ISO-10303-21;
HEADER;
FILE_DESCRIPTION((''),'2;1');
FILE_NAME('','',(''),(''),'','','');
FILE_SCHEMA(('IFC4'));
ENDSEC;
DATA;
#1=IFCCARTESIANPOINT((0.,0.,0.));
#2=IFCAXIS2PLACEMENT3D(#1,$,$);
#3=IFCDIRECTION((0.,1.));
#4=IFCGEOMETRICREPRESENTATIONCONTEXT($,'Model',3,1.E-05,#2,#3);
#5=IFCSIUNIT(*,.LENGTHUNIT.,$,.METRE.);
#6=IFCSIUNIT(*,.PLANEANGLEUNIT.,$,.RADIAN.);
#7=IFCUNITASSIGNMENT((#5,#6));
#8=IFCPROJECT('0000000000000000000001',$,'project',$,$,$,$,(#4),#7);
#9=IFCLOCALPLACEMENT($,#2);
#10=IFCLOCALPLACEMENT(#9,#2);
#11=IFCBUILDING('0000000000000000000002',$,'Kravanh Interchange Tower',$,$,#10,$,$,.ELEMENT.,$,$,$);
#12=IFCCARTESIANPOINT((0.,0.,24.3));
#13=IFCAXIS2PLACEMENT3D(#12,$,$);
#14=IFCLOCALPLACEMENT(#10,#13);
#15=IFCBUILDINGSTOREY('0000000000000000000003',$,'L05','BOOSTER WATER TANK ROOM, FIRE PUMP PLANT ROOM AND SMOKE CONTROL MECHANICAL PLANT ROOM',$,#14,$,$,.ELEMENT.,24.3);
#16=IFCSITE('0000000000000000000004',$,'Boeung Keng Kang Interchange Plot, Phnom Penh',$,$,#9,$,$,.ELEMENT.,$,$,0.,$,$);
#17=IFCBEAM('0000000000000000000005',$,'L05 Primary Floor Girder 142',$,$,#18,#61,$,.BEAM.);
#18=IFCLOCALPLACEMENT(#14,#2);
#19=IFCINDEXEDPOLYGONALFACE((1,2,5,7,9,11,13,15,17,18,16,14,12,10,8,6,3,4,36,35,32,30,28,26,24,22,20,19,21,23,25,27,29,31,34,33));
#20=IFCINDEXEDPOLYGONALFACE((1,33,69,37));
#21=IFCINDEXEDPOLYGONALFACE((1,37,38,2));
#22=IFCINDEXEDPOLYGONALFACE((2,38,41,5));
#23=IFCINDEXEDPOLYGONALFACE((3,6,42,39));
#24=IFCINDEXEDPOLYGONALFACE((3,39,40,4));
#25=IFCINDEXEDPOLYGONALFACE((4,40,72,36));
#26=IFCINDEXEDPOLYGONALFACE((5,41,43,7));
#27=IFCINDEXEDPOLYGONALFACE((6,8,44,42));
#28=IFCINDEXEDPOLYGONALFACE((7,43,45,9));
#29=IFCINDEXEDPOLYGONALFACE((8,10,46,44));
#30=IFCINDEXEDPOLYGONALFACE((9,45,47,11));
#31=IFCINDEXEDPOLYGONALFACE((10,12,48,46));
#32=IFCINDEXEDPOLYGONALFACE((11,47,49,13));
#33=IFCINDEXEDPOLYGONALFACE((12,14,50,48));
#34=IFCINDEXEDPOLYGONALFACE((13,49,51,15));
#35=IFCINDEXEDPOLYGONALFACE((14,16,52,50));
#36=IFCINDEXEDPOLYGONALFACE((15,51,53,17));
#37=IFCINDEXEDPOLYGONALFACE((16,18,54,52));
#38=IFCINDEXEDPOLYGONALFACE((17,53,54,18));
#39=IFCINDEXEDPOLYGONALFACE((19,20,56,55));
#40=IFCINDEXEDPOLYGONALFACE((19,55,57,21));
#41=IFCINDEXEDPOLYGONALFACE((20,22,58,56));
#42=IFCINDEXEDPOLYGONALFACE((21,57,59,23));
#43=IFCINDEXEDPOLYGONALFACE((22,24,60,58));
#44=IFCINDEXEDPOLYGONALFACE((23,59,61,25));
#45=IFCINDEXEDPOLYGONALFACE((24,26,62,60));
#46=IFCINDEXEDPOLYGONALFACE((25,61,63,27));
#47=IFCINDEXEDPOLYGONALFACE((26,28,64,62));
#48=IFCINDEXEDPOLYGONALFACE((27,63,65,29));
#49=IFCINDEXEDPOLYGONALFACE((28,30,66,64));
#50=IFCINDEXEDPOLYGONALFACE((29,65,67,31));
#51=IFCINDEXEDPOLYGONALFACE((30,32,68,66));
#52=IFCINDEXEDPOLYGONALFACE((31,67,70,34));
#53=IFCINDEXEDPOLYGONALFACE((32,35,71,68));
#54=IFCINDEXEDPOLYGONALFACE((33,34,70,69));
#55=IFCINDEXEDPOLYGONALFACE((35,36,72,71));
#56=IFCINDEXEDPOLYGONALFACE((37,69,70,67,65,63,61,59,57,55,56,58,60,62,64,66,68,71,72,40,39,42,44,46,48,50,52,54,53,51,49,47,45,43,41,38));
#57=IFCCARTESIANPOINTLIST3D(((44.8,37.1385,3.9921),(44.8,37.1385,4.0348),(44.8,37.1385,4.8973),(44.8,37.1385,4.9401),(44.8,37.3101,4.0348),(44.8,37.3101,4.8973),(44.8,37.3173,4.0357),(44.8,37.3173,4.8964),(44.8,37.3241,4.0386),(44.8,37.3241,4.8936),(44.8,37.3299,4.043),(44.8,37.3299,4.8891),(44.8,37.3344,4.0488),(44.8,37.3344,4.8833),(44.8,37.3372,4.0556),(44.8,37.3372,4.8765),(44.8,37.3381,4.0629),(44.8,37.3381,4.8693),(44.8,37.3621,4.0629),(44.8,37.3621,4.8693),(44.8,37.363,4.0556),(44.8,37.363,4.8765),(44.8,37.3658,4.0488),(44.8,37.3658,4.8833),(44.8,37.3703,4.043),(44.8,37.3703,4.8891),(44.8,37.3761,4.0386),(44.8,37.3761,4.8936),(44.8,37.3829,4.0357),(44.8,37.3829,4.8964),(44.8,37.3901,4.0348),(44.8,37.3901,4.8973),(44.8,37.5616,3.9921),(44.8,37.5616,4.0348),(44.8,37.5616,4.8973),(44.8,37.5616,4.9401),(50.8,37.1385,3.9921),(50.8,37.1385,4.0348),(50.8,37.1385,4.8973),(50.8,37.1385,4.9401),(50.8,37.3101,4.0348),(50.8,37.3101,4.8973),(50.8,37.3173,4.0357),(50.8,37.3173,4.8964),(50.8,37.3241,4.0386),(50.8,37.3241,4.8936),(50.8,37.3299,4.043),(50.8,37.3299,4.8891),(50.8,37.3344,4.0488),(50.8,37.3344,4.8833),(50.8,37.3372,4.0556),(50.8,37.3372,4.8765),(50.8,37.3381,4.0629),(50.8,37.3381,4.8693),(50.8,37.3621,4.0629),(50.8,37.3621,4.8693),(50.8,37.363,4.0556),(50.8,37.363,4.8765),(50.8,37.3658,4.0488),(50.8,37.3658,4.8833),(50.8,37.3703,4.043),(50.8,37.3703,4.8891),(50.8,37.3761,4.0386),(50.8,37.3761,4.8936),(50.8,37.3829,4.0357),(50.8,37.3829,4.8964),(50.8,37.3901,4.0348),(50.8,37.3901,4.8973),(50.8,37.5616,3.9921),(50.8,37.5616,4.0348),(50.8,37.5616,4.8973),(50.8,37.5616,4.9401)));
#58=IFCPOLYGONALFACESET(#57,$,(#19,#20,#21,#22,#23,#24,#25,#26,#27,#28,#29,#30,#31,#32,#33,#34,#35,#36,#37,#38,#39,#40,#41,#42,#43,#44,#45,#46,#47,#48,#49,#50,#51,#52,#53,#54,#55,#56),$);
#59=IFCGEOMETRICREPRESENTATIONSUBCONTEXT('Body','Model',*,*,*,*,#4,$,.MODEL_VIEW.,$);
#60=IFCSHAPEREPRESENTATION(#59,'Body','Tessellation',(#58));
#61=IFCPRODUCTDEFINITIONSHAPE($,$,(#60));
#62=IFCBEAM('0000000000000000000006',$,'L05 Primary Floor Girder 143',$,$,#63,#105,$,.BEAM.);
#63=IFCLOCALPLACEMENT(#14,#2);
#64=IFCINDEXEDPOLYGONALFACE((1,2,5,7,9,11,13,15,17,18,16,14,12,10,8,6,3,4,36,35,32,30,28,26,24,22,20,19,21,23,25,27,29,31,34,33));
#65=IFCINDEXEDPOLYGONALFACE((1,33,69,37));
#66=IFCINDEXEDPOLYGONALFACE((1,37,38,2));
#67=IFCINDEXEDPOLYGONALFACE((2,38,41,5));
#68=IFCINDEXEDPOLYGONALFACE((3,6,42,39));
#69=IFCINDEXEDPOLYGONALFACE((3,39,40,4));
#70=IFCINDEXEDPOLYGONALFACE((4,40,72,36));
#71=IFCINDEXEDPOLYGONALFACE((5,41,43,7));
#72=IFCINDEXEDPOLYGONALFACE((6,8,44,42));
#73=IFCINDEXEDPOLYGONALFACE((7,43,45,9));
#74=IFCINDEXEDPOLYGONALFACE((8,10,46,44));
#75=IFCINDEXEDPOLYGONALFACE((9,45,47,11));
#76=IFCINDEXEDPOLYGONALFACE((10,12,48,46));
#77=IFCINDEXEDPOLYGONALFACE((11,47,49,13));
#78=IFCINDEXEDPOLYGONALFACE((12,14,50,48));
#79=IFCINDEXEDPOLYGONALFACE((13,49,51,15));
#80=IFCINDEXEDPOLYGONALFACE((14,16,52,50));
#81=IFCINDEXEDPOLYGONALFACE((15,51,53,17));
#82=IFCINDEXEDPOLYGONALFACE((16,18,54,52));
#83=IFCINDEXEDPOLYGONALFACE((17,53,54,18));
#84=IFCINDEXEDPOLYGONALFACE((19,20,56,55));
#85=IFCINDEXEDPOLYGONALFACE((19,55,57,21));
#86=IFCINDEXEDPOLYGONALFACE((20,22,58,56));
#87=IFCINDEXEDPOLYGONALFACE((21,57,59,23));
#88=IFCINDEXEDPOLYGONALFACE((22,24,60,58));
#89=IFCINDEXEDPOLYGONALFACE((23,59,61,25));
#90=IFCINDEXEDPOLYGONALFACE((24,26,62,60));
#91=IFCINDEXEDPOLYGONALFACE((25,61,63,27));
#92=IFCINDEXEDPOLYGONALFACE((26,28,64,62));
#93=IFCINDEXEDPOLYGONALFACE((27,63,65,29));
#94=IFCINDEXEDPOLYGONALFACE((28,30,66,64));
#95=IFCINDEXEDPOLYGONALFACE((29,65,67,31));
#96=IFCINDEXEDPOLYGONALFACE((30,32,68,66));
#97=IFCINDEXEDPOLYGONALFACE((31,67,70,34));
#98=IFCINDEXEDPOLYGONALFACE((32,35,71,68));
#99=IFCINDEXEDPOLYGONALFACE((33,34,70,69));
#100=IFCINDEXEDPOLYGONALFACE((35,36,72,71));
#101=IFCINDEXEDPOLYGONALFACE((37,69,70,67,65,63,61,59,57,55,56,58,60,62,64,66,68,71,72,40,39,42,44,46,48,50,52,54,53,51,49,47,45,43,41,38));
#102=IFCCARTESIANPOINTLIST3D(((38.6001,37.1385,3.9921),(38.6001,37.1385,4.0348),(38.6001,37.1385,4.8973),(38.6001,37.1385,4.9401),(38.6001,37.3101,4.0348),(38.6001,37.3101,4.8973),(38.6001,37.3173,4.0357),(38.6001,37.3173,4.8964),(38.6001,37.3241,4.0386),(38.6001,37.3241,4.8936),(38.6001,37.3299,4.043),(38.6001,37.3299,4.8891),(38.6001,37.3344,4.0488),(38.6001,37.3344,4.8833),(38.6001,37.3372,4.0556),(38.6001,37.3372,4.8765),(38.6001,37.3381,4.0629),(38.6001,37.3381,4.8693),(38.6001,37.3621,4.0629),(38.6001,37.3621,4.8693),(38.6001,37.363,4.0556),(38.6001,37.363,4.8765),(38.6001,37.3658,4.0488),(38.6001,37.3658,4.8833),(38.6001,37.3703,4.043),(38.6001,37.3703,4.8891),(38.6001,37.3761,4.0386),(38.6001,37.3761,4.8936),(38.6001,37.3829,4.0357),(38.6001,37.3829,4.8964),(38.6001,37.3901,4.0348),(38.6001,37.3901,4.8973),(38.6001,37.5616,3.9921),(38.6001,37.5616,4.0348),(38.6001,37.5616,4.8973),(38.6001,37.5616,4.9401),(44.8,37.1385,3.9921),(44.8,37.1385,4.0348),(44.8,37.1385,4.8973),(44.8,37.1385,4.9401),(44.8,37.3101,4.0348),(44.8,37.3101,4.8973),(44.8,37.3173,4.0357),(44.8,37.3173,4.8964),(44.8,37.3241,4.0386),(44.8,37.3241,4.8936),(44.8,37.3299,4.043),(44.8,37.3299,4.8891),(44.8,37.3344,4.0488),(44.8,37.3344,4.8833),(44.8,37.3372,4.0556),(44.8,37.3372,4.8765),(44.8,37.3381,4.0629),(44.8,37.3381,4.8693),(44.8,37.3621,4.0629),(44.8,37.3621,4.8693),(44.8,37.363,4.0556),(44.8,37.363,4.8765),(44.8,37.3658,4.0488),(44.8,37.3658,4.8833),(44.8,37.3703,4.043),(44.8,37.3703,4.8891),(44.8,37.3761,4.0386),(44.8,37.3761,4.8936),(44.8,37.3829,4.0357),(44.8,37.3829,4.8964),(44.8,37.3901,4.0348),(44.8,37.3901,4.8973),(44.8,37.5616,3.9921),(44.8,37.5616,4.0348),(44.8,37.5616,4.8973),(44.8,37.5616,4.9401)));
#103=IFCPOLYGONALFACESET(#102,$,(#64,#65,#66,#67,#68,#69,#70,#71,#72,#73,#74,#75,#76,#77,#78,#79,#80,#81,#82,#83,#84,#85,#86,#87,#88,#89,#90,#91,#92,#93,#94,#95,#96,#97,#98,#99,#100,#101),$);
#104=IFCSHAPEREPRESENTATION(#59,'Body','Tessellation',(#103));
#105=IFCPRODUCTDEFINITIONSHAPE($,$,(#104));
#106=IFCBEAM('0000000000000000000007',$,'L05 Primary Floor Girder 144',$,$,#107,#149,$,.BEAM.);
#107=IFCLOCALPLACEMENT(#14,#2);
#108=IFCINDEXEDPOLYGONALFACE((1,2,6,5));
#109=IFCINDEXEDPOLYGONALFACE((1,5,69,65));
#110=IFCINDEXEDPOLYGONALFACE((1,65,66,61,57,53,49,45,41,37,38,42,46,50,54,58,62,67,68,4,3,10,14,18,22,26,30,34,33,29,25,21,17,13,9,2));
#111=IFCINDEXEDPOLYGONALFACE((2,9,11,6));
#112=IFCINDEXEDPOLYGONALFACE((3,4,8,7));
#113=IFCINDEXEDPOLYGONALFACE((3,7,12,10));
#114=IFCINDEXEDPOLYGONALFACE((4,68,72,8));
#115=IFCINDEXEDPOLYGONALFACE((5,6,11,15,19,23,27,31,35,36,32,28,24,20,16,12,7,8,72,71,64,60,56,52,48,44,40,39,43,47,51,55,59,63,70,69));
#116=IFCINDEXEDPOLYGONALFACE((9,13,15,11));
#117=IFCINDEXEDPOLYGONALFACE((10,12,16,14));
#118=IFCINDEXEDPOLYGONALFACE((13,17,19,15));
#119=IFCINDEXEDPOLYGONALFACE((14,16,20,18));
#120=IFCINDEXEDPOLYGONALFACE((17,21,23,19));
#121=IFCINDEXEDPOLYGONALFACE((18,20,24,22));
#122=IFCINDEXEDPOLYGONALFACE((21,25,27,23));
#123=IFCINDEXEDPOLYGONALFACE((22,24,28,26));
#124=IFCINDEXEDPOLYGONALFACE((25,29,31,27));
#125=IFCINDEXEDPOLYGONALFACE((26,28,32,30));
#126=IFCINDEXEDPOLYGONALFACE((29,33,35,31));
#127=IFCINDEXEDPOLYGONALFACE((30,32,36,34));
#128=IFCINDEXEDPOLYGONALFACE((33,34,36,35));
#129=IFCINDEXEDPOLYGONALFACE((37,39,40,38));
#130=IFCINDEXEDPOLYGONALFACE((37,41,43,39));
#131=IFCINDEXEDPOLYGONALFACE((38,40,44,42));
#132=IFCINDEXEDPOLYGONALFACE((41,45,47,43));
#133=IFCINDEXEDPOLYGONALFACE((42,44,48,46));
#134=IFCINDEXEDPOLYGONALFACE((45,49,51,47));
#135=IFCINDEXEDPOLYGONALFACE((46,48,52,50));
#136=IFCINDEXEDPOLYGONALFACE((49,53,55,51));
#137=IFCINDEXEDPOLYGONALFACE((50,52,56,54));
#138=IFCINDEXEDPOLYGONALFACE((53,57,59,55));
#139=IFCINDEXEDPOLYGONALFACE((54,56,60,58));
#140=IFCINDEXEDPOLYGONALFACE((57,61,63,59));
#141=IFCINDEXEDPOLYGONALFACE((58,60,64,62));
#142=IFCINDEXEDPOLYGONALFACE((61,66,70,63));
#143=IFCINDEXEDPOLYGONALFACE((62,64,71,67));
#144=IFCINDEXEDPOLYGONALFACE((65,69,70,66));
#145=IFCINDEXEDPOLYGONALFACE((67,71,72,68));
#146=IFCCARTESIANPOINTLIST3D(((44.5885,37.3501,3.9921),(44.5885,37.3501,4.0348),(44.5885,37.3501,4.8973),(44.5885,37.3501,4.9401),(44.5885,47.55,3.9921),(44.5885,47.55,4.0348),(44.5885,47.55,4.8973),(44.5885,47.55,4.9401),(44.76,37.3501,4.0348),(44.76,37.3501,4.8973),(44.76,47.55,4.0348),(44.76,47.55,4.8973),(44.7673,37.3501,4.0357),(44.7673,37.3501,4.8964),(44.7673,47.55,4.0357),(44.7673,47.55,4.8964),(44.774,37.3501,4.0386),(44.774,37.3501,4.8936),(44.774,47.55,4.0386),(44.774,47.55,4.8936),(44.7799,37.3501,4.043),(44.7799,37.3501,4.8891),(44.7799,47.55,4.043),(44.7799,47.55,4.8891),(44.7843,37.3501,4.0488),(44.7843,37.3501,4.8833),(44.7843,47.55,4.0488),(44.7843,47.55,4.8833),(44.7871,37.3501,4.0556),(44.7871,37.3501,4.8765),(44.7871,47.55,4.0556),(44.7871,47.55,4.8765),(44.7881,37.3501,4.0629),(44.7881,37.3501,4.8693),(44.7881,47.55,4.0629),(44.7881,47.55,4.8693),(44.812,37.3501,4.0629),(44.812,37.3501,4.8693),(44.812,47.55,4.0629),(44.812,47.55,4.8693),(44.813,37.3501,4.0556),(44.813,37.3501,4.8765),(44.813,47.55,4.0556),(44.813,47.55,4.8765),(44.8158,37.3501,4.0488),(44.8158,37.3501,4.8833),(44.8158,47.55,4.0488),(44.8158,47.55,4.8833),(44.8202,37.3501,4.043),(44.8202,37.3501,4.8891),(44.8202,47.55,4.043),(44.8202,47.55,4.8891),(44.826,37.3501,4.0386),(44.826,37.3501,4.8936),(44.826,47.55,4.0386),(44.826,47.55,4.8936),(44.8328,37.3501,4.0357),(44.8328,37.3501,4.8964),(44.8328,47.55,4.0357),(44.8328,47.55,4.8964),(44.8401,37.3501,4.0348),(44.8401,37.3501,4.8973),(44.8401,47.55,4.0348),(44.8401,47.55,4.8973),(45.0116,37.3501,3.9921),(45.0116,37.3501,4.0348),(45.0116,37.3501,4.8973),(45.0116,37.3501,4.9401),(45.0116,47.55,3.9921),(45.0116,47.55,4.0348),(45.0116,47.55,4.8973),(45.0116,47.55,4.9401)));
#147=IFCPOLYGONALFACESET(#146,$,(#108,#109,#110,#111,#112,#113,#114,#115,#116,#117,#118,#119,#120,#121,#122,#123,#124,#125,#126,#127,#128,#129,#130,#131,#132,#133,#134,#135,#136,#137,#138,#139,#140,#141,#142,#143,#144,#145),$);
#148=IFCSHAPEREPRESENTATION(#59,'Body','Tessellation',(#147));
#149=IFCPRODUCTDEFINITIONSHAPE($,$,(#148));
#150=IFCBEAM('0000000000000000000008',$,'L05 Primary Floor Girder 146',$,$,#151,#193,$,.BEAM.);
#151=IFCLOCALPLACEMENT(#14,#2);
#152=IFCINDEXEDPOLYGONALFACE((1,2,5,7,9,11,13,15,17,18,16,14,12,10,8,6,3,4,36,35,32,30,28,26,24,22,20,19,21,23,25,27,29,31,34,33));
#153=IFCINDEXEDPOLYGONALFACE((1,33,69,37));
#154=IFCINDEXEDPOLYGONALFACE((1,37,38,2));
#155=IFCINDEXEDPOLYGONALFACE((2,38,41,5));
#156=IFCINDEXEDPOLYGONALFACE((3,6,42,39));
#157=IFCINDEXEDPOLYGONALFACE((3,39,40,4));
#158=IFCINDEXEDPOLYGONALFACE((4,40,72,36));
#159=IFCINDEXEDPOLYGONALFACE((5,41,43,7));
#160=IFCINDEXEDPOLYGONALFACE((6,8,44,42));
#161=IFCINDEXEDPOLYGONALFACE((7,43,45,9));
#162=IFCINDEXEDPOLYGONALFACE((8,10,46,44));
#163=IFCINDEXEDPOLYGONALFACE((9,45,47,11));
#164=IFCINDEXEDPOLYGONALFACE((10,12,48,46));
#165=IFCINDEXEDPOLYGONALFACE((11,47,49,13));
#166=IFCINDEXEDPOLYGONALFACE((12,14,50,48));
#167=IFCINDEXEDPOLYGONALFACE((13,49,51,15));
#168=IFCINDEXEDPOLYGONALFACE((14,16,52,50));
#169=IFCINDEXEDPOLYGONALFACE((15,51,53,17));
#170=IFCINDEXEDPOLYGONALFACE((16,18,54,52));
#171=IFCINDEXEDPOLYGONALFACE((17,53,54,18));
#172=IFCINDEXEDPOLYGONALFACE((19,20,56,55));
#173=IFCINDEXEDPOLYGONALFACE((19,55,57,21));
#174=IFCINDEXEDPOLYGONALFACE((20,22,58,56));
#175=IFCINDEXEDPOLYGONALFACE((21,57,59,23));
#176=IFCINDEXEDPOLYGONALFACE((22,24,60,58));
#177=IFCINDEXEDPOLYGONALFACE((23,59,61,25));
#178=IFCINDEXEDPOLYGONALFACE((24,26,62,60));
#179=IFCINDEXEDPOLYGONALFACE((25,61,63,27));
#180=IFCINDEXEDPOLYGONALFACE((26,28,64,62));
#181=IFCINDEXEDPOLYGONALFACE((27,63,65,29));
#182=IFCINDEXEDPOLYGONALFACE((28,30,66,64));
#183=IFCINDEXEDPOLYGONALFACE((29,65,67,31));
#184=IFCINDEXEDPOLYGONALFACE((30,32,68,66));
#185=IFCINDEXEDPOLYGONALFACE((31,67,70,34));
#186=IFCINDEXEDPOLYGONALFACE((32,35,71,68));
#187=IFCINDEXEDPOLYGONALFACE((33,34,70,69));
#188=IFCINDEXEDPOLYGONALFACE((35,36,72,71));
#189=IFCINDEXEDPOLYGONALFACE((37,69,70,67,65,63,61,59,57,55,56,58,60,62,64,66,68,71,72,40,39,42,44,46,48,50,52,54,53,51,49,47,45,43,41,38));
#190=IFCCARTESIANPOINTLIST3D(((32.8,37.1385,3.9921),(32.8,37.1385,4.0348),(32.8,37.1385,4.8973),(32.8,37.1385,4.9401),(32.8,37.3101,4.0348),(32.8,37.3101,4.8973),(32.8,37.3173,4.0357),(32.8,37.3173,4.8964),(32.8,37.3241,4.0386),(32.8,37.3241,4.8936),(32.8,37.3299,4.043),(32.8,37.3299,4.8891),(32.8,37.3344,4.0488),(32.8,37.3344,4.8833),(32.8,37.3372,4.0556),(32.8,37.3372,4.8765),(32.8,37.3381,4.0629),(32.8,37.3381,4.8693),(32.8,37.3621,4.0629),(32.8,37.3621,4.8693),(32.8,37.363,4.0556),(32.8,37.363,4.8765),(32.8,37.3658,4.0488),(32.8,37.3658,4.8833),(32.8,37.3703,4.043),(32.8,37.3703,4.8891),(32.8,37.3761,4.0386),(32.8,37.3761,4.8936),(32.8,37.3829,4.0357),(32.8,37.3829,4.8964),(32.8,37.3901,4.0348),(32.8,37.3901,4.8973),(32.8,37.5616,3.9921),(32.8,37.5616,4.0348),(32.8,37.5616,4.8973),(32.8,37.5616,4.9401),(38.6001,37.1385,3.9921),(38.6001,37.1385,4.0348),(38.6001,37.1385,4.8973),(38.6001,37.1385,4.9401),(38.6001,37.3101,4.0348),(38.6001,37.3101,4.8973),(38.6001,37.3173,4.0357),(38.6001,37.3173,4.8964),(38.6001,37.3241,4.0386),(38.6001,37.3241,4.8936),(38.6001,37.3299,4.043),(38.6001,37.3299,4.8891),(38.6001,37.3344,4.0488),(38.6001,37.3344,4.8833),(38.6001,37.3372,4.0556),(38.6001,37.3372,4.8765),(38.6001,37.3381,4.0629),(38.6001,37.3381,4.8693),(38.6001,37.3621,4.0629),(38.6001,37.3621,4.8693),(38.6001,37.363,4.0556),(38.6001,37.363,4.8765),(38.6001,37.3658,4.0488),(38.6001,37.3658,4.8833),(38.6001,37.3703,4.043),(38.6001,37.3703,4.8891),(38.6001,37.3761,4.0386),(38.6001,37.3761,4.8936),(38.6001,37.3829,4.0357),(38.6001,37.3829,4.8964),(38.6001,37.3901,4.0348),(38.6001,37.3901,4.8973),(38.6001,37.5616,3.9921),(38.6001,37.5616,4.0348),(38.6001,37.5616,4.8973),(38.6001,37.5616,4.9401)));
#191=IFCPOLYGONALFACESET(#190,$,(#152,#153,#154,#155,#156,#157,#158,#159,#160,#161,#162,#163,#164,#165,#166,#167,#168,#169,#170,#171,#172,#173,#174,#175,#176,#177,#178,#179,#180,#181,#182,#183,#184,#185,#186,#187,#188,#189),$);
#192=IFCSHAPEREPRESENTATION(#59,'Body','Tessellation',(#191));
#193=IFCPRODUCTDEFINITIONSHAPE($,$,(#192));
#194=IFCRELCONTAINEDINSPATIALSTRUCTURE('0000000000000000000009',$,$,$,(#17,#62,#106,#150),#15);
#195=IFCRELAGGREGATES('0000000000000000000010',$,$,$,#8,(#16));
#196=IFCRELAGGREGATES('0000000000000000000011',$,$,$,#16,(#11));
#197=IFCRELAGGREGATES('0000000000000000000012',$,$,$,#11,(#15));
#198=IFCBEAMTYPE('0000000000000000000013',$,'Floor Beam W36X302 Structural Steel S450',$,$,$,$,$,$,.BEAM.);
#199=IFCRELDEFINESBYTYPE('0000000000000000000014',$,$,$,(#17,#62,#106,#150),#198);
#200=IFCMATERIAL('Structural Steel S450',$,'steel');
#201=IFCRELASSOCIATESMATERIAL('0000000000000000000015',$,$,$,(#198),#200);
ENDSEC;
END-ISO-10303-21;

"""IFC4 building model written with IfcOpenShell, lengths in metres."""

from ifc_helpers import new_model, si_unit, direction, frame, origin, origin_2d, place, context, subcontext, project, spatial, i_section, extrude, material, material_profile, profile_set, type_object, element, save


model = new_model("IFC4")

# Units and contexts
model_context = context("Model", 3, precision=1e-05, world=origin(), true_north=direction((0.0, 1.0)))
body_context = subcontext(model_context, "Body", "Model", "MODEL_VIEW")
ifc_project = project(units=[si_unit("LENGTHUNIT", "METRE"), si_unit("PLANEANGLEUNIT", "RADIAN")], contexts=[model_context])

# Site, building, storey
site_placement = place(None, origin())
site = spatial("IfcSite", under=ifc_project, at=site_placement, Name="Boeung Keng Kang Interchange Plot, Phnom Penh", CompositionType="ELEMENT", RefElevation=0.0)
building_placement = place(site_placement, origin())
building = spatial("IfcBuilding", under=site, at=building_placement, Name="Kravanh Interchange Tower", CompositionType="ELEMENT")
storey_placement = place(building_placement, frame((0.0, 0.0, 24.3)))
storey = spatial("IfcBuildingStorey", under=building, at=storey_placement, Name="L05", Description="BOOSTER WATER TANK ROOM, FIRE PUMP PLANT ROOM AND SMOKE CONTROL MECHANICAL PLANT ROOM", CompositionType="ELEMENT", Elevation=24.3)

# Beams
ifc_material_1 = material(Name="Structural Steel S450", Category="steel")
ifc_material_profile_1 = material_profile(ifc_material_1, i_section(OverallWidth=0.4231, OverallDepth=0.948, WebThickness=0.0239, FlangeThickness=0.0427, FilletRadius=0.0281, at=origin_2d()), Name="W36X302")
ifc_profile_set_1 = profile_set([ifc_material_profile_1], Name="Structural Steel S450")
beam_type_1 = type_object("IfcBeamType", Name="Floor Beam W36X302 Structural Steel S450", PredefinedType="BEAM", material=ifc_profile_set_1)
beam_1_placement = place(storey_placement, frame((50.8, 37.3501, 4.4661), z_axis=(-1.0, 0.0, 0.0), x_axis=(0.0, -1.0, 0.0)))
element("IfcBeam", 1, at=beam_1_placement, inside=storey, type_object=beam_type_1, Name="L05 Primary Floor Girder 142", PredefinedType="BEAM", context=body_context, shape_type="SweptSolid", body=[
    extrude(i_section(OverallWidth=0.4231, OverallDepth=0.948, WebThickness=0.0239, FlangeThickness=0.0427, FilletRadius=0.0281, at=origin_2d()), origin(), (0.0, 0.0, 1.0), 6.0),
])
beam_2_placement = place(storey_placement, frame((44.8, 37.3501, 4.4661), z_axis=(-1.0, 0.0, 0.0), x_axis=(0.0, -1.0, 0.0)))
element("IfcBeam", 2, at=beam_2_placement, inside=storey, type_object=beam_type_1, Name="L05 Primary Floor Girder 143", PredefinedType="BEAM", context=body_context, shape_type="SweptSolid", body=[
    extrude(i_section(OverallWidth=0.4231, OverallDepth=0.948, WebThickness=0.0239, FlangeThickness=0.0427, FilletRadius=0.0281, at=origin_2d()), origin(), (0.0, 0.0, 1.0), 6.2),
])
beam_3_placement = place(storey_placement, frame((44.8, 37.3501, 4.4661), z_axis=(0.0, 1.0, 0.0), x_axis=(-1.0, 0.0, 0.0)))
element("IfcBeam", 3, at=beam_3_placement, inside=storey, type_object=beam_type_1, Name="L05 Primary Floor Girder 144", PredefinedType="BEAM", context=body_context, shape_type="SweptSolid", body=[
    extrude(i_section(OverallWidth=0.4231, OverallDepth=0.948, WebThickness=0.0239, FlangeThickness=0.0427, FilletRadius=0.0281, at=origin_2d()), origin(), (0.0, 0.0, 1.0), 10.2),
])
beam_4_placement = place(storey_placement, frame((38.6001, 37.3501, 4.4661), z_axis=(-1.0, 0.0, 0.0), x_axis=(0.0, -1.0, 0.0)))
element("IfcBeam", 4, at=beam_4_placement, inside=storey, type_object=beam_type_1, Name="L05 Primary Floor Girder 146", PredefinedType="BEAM", context=body_context, shape_type="SweptSolid", body=[
    extrude(i_section(OverallWidth=0.4231, OverallDepth=0.948, WebThickness=0.0239, FlangeThickness=0.0427, FilletRadius=0.0281, at=origin_2d()), origin(), (0.0, 0.0, 1.0), 5.8),
])

save(model, "model.ifc")
